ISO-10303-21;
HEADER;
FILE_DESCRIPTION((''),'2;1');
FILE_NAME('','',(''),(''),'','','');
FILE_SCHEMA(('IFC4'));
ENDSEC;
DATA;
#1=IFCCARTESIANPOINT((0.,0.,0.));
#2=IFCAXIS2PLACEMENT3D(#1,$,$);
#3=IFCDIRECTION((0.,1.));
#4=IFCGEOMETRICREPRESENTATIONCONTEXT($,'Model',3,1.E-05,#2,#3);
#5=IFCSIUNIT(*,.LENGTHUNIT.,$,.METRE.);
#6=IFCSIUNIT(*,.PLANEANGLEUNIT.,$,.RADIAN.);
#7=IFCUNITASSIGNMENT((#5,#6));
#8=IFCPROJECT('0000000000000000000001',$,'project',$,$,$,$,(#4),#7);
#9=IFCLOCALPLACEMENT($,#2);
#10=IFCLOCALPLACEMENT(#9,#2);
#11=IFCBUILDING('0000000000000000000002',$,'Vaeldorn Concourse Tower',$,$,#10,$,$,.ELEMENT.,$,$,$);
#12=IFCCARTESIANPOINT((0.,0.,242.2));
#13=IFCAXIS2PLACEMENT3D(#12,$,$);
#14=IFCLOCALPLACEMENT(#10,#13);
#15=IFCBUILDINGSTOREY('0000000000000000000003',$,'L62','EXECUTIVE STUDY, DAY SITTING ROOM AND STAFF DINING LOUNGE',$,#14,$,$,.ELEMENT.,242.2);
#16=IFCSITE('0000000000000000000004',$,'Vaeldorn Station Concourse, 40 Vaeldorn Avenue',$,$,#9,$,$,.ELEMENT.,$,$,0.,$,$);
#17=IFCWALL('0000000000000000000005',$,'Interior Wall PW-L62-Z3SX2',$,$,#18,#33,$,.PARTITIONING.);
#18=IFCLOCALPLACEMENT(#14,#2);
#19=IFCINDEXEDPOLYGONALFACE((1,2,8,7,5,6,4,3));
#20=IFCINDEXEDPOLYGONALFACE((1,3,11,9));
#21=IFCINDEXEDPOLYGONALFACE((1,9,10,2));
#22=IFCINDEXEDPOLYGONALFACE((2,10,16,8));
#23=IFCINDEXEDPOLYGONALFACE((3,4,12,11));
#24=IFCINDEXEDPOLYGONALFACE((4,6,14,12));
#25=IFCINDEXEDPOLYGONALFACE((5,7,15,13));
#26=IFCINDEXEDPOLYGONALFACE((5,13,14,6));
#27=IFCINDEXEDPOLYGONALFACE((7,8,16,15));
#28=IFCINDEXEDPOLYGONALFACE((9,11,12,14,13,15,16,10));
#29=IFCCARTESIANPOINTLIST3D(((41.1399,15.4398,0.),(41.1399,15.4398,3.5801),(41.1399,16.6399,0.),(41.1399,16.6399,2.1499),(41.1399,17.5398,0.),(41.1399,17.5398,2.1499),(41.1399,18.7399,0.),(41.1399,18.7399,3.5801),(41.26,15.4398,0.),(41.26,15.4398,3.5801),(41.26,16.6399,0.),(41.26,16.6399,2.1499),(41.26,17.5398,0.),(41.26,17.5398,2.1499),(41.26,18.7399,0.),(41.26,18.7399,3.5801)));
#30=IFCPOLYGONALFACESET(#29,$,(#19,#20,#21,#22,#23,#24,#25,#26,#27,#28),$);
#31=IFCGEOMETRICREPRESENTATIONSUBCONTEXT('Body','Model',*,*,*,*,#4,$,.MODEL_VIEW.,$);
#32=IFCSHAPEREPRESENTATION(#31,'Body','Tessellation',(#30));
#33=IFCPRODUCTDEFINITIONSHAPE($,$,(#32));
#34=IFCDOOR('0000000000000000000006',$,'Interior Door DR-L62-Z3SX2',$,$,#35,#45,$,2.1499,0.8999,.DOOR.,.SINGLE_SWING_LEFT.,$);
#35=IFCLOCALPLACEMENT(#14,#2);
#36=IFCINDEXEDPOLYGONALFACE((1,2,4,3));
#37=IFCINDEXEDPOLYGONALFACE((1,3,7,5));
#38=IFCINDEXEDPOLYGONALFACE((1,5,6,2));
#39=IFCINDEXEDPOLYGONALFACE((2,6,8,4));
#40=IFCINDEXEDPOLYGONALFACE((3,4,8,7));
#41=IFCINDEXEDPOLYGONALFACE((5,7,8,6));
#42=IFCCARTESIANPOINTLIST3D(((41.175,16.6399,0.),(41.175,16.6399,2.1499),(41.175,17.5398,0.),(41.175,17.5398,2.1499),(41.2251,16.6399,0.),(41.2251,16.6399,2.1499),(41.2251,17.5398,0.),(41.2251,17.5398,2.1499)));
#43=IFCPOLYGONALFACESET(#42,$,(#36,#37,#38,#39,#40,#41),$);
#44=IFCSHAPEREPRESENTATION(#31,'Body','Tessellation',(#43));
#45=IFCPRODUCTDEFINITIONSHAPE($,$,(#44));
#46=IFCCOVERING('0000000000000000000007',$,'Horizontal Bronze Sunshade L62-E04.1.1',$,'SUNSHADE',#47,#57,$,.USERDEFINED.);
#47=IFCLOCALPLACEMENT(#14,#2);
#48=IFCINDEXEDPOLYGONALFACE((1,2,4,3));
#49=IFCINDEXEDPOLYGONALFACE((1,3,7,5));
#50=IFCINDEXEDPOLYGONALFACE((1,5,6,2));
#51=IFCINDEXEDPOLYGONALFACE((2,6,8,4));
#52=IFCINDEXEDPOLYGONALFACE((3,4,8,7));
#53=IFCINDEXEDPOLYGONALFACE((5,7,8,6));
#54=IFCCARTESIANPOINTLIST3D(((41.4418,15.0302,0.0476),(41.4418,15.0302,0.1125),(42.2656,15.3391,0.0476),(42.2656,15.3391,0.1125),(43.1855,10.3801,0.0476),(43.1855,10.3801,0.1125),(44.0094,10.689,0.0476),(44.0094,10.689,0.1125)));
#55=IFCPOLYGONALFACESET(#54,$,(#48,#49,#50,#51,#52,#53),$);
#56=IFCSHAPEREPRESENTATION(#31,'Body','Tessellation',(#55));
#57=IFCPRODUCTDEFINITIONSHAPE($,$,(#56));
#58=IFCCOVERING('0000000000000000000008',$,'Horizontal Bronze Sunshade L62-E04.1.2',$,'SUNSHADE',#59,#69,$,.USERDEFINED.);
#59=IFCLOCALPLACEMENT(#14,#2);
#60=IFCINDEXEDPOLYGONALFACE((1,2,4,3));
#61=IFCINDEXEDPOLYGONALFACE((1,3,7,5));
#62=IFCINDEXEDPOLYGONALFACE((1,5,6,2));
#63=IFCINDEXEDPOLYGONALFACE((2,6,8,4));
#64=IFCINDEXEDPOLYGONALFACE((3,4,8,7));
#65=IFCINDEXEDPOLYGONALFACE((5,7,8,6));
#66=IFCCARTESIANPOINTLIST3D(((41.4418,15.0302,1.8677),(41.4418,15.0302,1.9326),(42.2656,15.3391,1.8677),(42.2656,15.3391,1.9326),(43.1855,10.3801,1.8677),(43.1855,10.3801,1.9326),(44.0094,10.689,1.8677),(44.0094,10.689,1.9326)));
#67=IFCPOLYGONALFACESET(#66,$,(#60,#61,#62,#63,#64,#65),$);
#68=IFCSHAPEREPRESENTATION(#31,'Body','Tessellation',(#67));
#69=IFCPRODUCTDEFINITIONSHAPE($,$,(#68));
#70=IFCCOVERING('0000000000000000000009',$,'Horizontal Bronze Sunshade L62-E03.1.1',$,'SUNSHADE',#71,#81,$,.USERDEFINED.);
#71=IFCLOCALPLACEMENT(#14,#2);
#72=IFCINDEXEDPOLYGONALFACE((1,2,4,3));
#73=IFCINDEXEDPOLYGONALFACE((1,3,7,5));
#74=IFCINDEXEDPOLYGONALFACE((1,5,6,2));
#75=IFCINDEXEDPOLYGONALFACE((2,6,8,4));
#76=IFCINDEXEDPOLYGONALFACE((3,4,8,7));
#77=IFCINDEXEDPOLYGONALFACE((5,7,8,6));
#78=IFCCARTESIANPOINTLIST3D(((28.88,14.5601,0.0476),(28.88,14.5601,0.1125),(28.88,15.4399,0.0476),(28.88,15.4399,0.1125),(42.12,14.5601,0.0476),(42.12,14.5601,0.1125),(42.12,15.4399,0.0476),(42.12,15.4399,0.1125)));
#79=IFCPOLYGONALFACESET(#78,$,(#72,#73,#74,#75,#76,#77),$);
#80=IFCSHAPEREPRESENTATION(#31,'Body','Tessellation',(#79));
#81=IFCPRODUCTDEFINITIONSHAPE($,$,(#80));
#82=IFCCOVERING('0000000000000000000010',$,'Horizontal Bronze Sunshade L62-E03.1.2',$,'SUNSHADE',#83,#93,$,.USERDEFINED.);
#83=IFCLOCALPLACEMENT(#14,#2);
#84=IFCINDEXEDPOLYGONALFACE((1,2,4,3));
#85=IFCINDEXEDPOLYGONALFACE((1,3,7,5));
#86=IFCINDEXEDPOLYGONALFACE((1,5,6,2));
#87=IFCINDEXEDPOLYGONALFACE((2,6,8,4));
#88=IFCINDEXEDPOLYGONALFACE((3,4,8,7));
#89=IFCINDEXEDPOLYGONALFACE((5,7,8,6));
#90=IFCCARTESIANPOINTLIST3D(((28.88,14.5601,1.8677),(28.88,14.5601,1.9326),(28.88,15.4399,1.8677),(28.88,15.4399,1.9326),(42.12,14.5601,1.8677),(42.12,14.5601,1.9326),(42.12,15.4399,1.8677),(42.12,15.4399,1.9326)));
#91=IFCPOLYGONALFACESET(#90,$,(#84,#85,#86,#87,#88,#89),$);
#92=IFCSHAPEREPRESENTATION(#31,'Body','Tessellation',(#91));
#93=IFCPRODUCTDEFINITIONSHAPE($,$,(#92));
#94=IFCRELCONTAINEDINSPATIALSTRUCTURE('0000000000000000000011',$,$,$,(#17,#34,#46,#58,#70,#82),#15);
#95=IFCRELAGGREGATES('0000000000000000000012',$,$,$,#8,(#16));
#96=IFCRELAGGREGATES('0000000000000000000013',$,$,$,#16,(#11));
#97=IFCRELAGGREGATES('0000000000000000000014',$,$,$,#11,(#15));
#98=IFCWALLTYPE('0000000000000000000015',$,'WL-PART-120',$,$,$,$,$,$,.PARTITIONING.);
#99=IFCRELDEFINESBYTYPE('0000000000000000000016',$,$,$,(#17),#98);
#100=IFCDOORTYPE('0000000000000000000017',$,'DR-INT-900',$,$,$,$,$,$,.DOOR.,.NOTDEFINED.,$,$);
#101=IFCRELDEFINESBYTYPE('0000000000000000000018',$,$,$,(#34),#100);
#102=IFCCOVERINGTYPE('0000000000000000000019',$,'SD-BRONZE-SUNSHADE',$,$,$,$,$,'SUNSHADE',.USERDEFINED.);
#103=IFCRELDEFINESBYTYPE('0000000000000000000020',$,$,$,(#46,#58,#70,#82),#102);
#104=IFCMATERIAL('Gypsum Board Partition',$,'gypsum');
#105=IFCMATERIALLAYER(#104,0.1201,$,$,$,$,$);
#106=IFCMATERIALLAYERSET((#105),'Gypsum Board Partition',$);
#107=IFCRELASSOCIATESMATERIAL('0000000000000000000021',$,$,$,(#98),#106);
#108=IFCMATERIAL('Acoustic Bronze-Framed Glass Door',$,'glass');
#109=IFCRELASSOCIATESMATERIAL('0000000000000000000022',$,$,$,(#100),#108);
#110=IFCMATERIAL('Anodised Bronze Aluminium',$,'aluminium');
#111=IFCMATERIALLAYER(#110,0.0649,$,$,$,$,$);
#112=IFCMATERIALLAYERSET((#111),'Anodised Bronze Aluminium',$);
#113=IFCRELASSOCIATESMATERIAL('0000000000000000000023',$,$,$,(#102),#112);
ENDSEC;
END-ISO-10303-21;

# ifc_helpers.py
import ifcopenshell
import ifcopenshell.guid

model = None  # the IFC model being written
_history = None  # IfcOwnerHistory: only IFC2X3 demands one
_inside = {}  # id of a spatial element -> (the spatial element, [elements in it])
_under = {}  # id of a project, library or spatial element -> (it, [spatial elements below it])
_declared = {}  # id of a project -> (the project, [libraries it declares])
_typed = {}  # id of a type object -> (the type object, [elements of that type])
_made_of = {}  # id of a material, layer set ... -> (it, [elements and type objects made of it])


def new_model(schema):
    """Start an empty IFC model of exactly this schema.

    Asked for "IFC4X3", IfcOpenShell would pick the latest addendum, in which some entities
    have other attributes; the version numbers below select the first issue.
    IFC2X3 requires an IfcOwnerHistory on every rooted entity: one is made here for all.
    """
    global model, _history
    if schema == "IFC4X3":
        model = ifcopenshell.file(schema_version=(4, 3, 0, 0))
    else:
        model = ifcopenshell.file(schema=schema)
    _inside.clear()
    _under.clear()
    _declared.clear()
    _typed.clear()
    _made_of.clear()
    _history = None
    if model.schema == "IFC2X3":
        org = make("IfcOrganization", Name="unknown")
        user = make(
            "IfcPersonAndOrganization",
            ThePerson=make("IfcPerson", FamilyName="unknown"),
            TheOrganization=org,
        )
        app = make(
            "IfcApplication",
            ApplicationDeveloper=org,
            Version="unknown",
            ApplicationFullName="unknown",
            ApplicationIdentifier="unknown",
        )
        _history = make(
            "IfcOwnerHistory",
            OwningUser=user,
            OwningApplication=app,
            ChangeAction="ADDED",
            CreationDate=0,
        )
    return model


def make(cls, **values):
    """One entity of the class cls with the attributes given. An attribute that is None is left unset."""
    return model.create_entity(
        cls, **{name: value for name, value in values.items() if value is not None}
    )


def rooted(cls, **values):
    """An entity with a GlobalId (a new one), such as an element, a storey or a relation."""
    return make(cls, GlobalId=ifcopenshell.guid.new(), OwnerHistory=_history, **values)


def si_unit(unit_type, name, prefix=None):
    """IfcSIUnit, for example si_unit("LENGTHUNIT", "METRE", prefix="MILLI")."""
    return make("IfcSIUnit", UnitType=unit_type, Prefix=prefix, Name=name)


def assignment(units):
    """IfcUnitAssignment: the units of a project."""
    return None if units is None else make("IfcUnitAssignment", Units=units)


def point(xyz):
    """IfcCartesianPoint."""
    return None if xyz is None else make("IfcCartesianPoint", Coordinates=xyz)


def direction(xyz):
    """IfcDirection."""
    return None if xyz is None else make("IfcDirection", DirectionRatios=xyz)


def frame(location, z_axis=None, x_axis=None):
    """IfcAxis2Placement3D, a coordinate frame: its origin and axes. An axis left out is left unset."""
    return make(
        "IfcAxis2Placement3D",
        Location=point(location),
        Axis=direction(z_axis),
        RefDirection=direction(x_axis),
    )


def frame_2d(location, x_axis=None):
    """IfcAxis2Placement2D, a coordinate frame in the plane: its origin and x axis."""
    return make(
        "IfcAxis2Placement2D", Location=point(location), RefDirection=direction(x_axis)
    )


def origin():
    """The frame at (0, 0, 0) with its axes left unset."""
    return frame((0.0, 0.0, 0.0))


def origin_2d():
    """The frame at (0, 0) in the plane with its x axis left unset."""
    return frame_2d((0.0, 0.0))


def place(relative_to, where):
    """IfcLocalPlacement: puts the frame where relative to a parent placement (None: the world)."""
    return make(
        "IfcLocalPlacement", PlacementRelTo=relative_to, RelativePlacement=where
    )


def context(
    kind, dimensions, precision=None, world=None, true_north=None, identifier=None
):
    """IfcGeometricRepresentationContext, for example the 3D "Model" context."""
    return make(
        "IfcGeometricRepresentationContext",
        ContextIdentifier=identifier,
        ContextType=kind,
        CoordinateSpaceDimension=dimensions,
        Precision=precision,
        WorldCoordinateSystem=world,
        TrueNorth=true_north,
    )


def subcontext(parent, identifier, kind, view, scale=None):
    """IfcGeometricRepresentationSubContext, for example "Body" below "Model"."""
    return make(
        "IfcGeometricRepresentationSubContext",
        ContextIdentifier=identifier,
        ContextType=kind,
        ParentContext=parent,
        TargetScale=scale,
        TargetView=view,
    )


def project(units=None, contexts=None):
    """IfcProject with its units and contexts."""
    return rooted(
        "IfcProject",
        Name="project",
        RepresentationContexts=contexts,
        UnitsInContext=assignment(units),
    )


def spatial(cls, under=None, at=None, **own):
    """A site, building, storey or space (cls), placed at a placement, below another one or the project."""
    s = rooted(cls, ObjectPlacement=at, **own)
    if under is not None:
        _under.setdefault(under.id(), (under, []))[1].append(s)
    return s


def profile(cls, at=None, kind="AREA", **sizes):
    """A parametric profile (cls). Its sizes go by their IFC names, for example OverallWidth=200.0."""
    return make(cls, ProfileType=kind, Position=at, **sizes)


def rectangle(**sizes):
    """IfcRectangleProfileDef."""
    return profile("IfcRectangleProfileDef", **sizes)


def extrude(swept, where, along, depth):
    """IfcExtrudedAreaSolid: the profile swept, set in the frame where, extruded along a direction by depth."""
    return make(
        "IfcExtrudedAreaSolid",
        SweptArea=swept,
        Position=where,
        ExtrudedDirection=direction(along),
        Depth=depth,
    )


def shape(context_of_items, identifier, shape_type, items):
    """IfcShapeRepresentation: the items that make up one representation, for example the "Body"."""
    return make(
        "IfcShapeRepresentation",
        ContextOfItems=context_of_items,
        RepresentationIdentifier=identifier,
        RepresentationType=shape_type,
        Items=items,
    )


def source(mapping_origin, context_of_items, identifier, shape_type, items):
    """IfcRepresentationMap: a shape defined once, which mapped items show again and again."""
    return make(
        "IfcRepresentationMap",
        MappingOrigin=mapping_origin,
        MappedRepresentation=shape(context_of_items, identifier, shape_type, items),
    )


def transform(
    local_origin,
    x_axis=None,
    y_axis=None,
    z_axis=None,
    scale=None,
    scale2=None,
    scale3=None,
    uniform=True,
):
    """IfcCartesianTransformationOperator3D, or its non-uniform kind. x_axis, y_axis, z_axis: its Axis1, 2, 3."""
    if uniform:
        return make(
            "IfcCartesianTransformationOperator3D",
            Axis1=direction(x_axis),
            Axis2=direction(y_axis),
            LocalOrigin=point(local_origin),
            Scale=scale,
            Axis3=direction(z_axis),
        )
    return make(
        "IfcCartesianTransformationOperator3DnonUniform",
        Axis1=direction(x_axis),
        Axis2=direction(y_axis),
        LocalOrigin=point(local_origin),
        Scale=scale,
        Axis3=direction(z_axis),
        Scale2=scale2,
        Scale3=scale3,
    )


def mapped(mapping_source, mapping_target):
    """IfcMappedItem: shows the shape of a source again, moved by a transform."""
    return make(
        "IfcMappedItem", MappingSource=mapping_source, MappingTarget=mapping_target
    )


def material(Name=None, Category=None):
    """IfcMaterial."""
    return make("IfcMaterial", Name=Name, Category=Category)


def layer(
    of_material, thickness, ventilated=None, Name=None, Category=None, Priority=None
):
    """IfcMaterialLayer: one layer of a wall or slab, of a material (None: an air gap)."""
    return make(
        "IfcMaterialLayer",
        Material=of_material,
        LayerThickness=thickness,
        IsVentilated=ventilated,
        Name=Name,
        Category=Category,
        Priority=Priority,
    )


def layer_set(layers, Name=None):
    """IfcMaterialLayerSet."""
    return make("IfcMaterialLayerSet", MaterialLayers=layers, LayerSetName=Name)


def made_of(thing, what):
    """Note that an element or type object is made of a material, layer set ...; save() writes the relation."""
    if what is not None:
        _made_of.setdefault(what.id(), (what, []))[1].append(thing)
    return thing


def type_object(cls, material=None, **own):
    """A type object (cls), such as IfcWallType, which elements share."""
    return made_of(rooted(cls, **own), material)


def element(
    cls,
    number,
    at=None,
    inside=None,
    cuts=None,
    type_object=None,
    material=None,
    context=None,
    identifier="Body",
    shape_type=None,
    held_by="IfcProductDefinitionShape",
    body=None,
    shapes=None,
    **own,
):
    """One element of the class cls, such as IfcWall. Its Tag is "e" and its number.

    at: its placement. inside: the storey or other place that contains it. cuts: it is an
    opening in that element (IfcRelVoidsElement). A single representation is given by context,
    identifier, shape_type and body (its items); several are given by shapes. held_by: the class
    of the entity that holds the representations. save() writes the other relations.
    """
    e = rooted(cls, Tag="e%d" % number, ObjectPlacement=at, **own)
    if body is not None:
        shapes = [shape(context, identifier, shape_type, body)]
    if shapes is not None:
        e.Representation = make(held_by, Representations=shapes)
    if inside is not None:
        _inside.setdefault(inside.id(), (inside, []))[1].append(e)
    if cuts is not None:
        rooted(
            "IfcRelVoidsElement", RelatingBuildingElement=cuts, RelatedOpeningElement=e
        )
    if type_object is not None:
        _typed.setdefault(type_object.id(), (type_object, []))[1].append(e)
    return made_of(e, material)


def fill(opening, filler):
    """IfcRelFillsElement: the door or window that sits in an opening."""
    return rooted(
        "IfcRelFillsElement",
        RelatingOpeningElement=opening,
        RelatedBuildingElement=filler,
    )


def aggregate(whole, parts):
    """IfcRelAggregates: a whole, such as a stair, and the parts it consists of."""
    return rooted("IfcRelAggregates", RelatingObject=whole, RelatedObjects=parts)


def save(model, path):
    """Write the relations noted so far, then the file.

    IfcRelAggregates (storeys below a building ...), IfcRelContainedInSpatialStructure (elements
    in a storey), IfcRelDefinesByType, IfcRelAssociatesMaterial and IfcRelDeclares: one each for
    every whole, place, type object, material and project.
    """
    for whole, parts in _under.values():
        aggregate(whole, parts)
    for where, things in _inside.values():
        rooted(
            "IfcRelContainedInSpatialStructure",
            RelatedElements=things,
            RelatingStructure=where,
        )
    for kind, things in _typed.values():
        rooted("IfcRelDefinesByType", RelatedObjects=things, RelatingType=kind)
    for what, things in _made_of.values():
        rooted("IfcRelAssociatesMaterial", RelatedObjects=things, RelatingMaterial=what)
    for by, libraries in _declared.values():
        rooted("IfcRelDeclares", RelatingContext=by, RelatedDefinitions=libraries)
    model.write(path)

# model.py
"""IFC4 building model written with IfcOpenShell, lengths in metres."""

from ifc_helpers import new_model, si_unit, direction, frame, frame_2d, origin, origin_2d, place, context, subcontext, project, spatial, rectangle, extrude, source, transform, mapped, material, layer, layer_set, type_object, element, fill, save


model = new_model("IFC4")

# Units and contexts
model_context = context("Model", 3, precision=1e-05, world=origin(), true_north=direction((0.0, 1.0)))
body_context = subcontext(model_context, "Body", "Model", "MODEL_VIEW")
ifc_project = project(units=[si_unit("LENGTHUNIT", "METRE"), si_unit("PLANEANGLEUNIT", "RADIAN")], contexts=[model_context])

# Site, building, storey
site_placement = place(None, origin())
site = spatial("IfcSite", under=ifc_project, at=site_placement, Name="Vaeldorn Station Concourse, 40 Vaeldorn Avenue", CompositionType="ELEMENT", RefElevation=0.0)
building_placement = place(site_placement, origin())
building = spatial("IfcBuilding", under=site, at=building_placement, Name="Vaeldorn Concourse Tower", CompositionType="ELEMENT")
storey_placement = place(building_placement, frame((0.0, 0.0, 242.2)))
storey = spatial("IfcBuildingStorey", under=building, at=storey_placement, Name="L62", Description="EXECUTIVE STUDY, DAY SITTING ROOM AND STAFF DINING LOUNGE", CompositionType="ELEMENT", Elevation=242.2)

# Shared definitions
ifc_material_1 = material(Name="Anodised Bronze Aluminium", Category="aluminium")

# Wall, opening, door
ifc_material_2 = material(Name="Gypsum Board Partition", Category="gypsum")
ifc_layer_1 = layer(ifc_material_2, 0.1201)
ifc_layer_set_1 = layer_set([ifc_layer_1], Name="Gypsum Board Partition")
wall_type = type_object("IfcWallType", Name="WL-PART-120", PredefinedType="PARTITIONING", material=ifc_layer_set_1)
wall_placement = place(storey_placement, frame((41.2, 15.4399, 0.0), z_axis=(0.0, 0.0, 1.0), x_axis=(0.0, 1.0, 0.0)))
wall = element("IfcWall", 1, at=wall_placement, inside=storey, type_object=wall_type, Name="Interior Wall PW-L62-Z3SX2", PredefinedType="PARTITIONING", context=body_context, shape_type="SweptSolid", body=[
    extrude(rectangle(XDim=3.3, YDim=0.1201, at=frame_2d((1.6499, 0.0))), origin(), (0.0, 0.0, 1.0), 3.5801),
])
opening_placement = place(wall_placement, frame((1.2, 0.0, 0.0)))
opening = element("IfcOpeningElement", 2, at=opening_placement, cuts=wall, PredefinedType="OPENING", context=body_context, shape_type="SweptSolid", body=[
    extrude(rectangle(XDim=0.8999, YDim=2.1499, at=frame_2d((0.45, 1.075))), frame((0.0, 0.0701, 0.0), z_axis=(0.0, -1.0, 0.0), x_axis=(1.0, 0.0, 0.0)), (0.0, 0.0, 1.0), 0.1401),
])
ifc_material_3 = material(Name="Acoustic Bronze-Framed Glass Door", Category="glass")
door_type = type_object("IfcDoorType", Name="DR-INT-900", OperationType="NOTDEFINED", PredefinedType="DOOR", material=ifc_material_3)
shared_shape_1 = source(origin(), body_context, "Body", "SweptSolid", [
    extrude(rectangle(XDim=0.8999, YDim=2.1499, at=frame_2d((0.45, 1.075))), frame((0.0, 0.0249, 0.0), z_axis=(0.0, -1.0, 0.0), x_axis=(1.0, 0.0, 0.0)), (0.0, 0.0, 1.0), 0.05),
])
door_placement = place(opening_placement, origin())
door = element("IfcDoor", 3, at=door_placement, inside=storey, type_object=door_type, Name="Interior Door DR-L62-Z3SX2", OperationType="SINGLE_SWING_LEFT", OverallHeight=2.1499, OverallWidth=0.8999, PredefinedType="DOOR", context=body_context, shape_type="MappedRepresentation", body=[
    mapped(shared_shape_1, transform((0.0, 0.0, 0.0), scale=1.0)),
])
fill(opening, door)

# Coverings
ifc_layer_2 = layer(ifc_material_1, 0.0649)
ifc_layer_set_2 = layer_set([ifc_layer_2], Name="Anodised Bronze Aluminium")
covering_type = type_object("IfcCoveringType", Name="SD-BRONZE-SUNSHADE", ElementType="SUNSHADE", PredefinedType="USERDEFINED", material=ifc_layer_set_2)
shared_shape_2 = source(origin(), body_context, "Body", "SweptSolid", [
    extrude(rectangle(XDim=4.9663, YDim=0.8799, at=origin_2d()), origin(), (0.0, 0.0, 1.0), 0.0649),
])
for number, where, z_axis, x_axis, name in (
    (4, (42.7256, 12.8596, 0.0476), (0.0, 0.0, 1.0), (0.351123, -0.936329, 0.0), "Horizontal Bronze Sunshade L62-E04.1.1"),
    (5, (42.7256, 12.8596, 1.8677), (0.0, 0.0, 1.0), (0.351123, -0.936329, 0.0), "Horizontal Bronze Sunshade L62-E04.1.2"),
):
    element("IfcCovering", number, at=place(storey_placement, frame(where, z_axis=z_axis, x_axis=x_axis)), inside=storey, type_object=covering_type, Name=name, ObjectType="SUNSHADE", PredefinedType="USERDEFINED", context=body_context, shape_type="MappedRepresentation", body=[
        mapped(shared_shape_2, transform((0.0, 0.0, 0.0), scale=1.0)),
    ])
shared_shape_3 = source(origin(), body_context, "Body", "SweptSolid", [
    extrude(rectangle(XDim=13.24, YDim=0.8799, at=origin_2d()), origin(), (0.0, 0.0, 1.0), 0.0649),
])
for number, where, z_axis, x_axis, name in (
    (6, (35.5, 15.0, 0.0476), (0.0, 0.0, 1.0), (1.0, 0.0, 0.0), "Horizontal Bronze Sunshade L62-E03.1.1"),
    (7, (35.5, 15.0, 1.8677), (0.0, 0.0, 1.0), (1.0, 0.0, 0.0), "Horizontal Bronze Sunshade L62-E03.1.2"),
):
    element("IfcCovering", number, at=place(storey_placement, frame(where, z_axis=z_axis, x_axis=x_axis)), inside=storey, type_object=covering_type, Name=name, ObjectType="SUNSHADE", PredefinedType="USERDEFINED", context=body_context, shape_type="MappedRepresentation", body=[
        mapped(shared_shape_3, transform((0.0, 0.0, 0.0), scale=1.0)),
    ])

save(model, "model.ifc")
